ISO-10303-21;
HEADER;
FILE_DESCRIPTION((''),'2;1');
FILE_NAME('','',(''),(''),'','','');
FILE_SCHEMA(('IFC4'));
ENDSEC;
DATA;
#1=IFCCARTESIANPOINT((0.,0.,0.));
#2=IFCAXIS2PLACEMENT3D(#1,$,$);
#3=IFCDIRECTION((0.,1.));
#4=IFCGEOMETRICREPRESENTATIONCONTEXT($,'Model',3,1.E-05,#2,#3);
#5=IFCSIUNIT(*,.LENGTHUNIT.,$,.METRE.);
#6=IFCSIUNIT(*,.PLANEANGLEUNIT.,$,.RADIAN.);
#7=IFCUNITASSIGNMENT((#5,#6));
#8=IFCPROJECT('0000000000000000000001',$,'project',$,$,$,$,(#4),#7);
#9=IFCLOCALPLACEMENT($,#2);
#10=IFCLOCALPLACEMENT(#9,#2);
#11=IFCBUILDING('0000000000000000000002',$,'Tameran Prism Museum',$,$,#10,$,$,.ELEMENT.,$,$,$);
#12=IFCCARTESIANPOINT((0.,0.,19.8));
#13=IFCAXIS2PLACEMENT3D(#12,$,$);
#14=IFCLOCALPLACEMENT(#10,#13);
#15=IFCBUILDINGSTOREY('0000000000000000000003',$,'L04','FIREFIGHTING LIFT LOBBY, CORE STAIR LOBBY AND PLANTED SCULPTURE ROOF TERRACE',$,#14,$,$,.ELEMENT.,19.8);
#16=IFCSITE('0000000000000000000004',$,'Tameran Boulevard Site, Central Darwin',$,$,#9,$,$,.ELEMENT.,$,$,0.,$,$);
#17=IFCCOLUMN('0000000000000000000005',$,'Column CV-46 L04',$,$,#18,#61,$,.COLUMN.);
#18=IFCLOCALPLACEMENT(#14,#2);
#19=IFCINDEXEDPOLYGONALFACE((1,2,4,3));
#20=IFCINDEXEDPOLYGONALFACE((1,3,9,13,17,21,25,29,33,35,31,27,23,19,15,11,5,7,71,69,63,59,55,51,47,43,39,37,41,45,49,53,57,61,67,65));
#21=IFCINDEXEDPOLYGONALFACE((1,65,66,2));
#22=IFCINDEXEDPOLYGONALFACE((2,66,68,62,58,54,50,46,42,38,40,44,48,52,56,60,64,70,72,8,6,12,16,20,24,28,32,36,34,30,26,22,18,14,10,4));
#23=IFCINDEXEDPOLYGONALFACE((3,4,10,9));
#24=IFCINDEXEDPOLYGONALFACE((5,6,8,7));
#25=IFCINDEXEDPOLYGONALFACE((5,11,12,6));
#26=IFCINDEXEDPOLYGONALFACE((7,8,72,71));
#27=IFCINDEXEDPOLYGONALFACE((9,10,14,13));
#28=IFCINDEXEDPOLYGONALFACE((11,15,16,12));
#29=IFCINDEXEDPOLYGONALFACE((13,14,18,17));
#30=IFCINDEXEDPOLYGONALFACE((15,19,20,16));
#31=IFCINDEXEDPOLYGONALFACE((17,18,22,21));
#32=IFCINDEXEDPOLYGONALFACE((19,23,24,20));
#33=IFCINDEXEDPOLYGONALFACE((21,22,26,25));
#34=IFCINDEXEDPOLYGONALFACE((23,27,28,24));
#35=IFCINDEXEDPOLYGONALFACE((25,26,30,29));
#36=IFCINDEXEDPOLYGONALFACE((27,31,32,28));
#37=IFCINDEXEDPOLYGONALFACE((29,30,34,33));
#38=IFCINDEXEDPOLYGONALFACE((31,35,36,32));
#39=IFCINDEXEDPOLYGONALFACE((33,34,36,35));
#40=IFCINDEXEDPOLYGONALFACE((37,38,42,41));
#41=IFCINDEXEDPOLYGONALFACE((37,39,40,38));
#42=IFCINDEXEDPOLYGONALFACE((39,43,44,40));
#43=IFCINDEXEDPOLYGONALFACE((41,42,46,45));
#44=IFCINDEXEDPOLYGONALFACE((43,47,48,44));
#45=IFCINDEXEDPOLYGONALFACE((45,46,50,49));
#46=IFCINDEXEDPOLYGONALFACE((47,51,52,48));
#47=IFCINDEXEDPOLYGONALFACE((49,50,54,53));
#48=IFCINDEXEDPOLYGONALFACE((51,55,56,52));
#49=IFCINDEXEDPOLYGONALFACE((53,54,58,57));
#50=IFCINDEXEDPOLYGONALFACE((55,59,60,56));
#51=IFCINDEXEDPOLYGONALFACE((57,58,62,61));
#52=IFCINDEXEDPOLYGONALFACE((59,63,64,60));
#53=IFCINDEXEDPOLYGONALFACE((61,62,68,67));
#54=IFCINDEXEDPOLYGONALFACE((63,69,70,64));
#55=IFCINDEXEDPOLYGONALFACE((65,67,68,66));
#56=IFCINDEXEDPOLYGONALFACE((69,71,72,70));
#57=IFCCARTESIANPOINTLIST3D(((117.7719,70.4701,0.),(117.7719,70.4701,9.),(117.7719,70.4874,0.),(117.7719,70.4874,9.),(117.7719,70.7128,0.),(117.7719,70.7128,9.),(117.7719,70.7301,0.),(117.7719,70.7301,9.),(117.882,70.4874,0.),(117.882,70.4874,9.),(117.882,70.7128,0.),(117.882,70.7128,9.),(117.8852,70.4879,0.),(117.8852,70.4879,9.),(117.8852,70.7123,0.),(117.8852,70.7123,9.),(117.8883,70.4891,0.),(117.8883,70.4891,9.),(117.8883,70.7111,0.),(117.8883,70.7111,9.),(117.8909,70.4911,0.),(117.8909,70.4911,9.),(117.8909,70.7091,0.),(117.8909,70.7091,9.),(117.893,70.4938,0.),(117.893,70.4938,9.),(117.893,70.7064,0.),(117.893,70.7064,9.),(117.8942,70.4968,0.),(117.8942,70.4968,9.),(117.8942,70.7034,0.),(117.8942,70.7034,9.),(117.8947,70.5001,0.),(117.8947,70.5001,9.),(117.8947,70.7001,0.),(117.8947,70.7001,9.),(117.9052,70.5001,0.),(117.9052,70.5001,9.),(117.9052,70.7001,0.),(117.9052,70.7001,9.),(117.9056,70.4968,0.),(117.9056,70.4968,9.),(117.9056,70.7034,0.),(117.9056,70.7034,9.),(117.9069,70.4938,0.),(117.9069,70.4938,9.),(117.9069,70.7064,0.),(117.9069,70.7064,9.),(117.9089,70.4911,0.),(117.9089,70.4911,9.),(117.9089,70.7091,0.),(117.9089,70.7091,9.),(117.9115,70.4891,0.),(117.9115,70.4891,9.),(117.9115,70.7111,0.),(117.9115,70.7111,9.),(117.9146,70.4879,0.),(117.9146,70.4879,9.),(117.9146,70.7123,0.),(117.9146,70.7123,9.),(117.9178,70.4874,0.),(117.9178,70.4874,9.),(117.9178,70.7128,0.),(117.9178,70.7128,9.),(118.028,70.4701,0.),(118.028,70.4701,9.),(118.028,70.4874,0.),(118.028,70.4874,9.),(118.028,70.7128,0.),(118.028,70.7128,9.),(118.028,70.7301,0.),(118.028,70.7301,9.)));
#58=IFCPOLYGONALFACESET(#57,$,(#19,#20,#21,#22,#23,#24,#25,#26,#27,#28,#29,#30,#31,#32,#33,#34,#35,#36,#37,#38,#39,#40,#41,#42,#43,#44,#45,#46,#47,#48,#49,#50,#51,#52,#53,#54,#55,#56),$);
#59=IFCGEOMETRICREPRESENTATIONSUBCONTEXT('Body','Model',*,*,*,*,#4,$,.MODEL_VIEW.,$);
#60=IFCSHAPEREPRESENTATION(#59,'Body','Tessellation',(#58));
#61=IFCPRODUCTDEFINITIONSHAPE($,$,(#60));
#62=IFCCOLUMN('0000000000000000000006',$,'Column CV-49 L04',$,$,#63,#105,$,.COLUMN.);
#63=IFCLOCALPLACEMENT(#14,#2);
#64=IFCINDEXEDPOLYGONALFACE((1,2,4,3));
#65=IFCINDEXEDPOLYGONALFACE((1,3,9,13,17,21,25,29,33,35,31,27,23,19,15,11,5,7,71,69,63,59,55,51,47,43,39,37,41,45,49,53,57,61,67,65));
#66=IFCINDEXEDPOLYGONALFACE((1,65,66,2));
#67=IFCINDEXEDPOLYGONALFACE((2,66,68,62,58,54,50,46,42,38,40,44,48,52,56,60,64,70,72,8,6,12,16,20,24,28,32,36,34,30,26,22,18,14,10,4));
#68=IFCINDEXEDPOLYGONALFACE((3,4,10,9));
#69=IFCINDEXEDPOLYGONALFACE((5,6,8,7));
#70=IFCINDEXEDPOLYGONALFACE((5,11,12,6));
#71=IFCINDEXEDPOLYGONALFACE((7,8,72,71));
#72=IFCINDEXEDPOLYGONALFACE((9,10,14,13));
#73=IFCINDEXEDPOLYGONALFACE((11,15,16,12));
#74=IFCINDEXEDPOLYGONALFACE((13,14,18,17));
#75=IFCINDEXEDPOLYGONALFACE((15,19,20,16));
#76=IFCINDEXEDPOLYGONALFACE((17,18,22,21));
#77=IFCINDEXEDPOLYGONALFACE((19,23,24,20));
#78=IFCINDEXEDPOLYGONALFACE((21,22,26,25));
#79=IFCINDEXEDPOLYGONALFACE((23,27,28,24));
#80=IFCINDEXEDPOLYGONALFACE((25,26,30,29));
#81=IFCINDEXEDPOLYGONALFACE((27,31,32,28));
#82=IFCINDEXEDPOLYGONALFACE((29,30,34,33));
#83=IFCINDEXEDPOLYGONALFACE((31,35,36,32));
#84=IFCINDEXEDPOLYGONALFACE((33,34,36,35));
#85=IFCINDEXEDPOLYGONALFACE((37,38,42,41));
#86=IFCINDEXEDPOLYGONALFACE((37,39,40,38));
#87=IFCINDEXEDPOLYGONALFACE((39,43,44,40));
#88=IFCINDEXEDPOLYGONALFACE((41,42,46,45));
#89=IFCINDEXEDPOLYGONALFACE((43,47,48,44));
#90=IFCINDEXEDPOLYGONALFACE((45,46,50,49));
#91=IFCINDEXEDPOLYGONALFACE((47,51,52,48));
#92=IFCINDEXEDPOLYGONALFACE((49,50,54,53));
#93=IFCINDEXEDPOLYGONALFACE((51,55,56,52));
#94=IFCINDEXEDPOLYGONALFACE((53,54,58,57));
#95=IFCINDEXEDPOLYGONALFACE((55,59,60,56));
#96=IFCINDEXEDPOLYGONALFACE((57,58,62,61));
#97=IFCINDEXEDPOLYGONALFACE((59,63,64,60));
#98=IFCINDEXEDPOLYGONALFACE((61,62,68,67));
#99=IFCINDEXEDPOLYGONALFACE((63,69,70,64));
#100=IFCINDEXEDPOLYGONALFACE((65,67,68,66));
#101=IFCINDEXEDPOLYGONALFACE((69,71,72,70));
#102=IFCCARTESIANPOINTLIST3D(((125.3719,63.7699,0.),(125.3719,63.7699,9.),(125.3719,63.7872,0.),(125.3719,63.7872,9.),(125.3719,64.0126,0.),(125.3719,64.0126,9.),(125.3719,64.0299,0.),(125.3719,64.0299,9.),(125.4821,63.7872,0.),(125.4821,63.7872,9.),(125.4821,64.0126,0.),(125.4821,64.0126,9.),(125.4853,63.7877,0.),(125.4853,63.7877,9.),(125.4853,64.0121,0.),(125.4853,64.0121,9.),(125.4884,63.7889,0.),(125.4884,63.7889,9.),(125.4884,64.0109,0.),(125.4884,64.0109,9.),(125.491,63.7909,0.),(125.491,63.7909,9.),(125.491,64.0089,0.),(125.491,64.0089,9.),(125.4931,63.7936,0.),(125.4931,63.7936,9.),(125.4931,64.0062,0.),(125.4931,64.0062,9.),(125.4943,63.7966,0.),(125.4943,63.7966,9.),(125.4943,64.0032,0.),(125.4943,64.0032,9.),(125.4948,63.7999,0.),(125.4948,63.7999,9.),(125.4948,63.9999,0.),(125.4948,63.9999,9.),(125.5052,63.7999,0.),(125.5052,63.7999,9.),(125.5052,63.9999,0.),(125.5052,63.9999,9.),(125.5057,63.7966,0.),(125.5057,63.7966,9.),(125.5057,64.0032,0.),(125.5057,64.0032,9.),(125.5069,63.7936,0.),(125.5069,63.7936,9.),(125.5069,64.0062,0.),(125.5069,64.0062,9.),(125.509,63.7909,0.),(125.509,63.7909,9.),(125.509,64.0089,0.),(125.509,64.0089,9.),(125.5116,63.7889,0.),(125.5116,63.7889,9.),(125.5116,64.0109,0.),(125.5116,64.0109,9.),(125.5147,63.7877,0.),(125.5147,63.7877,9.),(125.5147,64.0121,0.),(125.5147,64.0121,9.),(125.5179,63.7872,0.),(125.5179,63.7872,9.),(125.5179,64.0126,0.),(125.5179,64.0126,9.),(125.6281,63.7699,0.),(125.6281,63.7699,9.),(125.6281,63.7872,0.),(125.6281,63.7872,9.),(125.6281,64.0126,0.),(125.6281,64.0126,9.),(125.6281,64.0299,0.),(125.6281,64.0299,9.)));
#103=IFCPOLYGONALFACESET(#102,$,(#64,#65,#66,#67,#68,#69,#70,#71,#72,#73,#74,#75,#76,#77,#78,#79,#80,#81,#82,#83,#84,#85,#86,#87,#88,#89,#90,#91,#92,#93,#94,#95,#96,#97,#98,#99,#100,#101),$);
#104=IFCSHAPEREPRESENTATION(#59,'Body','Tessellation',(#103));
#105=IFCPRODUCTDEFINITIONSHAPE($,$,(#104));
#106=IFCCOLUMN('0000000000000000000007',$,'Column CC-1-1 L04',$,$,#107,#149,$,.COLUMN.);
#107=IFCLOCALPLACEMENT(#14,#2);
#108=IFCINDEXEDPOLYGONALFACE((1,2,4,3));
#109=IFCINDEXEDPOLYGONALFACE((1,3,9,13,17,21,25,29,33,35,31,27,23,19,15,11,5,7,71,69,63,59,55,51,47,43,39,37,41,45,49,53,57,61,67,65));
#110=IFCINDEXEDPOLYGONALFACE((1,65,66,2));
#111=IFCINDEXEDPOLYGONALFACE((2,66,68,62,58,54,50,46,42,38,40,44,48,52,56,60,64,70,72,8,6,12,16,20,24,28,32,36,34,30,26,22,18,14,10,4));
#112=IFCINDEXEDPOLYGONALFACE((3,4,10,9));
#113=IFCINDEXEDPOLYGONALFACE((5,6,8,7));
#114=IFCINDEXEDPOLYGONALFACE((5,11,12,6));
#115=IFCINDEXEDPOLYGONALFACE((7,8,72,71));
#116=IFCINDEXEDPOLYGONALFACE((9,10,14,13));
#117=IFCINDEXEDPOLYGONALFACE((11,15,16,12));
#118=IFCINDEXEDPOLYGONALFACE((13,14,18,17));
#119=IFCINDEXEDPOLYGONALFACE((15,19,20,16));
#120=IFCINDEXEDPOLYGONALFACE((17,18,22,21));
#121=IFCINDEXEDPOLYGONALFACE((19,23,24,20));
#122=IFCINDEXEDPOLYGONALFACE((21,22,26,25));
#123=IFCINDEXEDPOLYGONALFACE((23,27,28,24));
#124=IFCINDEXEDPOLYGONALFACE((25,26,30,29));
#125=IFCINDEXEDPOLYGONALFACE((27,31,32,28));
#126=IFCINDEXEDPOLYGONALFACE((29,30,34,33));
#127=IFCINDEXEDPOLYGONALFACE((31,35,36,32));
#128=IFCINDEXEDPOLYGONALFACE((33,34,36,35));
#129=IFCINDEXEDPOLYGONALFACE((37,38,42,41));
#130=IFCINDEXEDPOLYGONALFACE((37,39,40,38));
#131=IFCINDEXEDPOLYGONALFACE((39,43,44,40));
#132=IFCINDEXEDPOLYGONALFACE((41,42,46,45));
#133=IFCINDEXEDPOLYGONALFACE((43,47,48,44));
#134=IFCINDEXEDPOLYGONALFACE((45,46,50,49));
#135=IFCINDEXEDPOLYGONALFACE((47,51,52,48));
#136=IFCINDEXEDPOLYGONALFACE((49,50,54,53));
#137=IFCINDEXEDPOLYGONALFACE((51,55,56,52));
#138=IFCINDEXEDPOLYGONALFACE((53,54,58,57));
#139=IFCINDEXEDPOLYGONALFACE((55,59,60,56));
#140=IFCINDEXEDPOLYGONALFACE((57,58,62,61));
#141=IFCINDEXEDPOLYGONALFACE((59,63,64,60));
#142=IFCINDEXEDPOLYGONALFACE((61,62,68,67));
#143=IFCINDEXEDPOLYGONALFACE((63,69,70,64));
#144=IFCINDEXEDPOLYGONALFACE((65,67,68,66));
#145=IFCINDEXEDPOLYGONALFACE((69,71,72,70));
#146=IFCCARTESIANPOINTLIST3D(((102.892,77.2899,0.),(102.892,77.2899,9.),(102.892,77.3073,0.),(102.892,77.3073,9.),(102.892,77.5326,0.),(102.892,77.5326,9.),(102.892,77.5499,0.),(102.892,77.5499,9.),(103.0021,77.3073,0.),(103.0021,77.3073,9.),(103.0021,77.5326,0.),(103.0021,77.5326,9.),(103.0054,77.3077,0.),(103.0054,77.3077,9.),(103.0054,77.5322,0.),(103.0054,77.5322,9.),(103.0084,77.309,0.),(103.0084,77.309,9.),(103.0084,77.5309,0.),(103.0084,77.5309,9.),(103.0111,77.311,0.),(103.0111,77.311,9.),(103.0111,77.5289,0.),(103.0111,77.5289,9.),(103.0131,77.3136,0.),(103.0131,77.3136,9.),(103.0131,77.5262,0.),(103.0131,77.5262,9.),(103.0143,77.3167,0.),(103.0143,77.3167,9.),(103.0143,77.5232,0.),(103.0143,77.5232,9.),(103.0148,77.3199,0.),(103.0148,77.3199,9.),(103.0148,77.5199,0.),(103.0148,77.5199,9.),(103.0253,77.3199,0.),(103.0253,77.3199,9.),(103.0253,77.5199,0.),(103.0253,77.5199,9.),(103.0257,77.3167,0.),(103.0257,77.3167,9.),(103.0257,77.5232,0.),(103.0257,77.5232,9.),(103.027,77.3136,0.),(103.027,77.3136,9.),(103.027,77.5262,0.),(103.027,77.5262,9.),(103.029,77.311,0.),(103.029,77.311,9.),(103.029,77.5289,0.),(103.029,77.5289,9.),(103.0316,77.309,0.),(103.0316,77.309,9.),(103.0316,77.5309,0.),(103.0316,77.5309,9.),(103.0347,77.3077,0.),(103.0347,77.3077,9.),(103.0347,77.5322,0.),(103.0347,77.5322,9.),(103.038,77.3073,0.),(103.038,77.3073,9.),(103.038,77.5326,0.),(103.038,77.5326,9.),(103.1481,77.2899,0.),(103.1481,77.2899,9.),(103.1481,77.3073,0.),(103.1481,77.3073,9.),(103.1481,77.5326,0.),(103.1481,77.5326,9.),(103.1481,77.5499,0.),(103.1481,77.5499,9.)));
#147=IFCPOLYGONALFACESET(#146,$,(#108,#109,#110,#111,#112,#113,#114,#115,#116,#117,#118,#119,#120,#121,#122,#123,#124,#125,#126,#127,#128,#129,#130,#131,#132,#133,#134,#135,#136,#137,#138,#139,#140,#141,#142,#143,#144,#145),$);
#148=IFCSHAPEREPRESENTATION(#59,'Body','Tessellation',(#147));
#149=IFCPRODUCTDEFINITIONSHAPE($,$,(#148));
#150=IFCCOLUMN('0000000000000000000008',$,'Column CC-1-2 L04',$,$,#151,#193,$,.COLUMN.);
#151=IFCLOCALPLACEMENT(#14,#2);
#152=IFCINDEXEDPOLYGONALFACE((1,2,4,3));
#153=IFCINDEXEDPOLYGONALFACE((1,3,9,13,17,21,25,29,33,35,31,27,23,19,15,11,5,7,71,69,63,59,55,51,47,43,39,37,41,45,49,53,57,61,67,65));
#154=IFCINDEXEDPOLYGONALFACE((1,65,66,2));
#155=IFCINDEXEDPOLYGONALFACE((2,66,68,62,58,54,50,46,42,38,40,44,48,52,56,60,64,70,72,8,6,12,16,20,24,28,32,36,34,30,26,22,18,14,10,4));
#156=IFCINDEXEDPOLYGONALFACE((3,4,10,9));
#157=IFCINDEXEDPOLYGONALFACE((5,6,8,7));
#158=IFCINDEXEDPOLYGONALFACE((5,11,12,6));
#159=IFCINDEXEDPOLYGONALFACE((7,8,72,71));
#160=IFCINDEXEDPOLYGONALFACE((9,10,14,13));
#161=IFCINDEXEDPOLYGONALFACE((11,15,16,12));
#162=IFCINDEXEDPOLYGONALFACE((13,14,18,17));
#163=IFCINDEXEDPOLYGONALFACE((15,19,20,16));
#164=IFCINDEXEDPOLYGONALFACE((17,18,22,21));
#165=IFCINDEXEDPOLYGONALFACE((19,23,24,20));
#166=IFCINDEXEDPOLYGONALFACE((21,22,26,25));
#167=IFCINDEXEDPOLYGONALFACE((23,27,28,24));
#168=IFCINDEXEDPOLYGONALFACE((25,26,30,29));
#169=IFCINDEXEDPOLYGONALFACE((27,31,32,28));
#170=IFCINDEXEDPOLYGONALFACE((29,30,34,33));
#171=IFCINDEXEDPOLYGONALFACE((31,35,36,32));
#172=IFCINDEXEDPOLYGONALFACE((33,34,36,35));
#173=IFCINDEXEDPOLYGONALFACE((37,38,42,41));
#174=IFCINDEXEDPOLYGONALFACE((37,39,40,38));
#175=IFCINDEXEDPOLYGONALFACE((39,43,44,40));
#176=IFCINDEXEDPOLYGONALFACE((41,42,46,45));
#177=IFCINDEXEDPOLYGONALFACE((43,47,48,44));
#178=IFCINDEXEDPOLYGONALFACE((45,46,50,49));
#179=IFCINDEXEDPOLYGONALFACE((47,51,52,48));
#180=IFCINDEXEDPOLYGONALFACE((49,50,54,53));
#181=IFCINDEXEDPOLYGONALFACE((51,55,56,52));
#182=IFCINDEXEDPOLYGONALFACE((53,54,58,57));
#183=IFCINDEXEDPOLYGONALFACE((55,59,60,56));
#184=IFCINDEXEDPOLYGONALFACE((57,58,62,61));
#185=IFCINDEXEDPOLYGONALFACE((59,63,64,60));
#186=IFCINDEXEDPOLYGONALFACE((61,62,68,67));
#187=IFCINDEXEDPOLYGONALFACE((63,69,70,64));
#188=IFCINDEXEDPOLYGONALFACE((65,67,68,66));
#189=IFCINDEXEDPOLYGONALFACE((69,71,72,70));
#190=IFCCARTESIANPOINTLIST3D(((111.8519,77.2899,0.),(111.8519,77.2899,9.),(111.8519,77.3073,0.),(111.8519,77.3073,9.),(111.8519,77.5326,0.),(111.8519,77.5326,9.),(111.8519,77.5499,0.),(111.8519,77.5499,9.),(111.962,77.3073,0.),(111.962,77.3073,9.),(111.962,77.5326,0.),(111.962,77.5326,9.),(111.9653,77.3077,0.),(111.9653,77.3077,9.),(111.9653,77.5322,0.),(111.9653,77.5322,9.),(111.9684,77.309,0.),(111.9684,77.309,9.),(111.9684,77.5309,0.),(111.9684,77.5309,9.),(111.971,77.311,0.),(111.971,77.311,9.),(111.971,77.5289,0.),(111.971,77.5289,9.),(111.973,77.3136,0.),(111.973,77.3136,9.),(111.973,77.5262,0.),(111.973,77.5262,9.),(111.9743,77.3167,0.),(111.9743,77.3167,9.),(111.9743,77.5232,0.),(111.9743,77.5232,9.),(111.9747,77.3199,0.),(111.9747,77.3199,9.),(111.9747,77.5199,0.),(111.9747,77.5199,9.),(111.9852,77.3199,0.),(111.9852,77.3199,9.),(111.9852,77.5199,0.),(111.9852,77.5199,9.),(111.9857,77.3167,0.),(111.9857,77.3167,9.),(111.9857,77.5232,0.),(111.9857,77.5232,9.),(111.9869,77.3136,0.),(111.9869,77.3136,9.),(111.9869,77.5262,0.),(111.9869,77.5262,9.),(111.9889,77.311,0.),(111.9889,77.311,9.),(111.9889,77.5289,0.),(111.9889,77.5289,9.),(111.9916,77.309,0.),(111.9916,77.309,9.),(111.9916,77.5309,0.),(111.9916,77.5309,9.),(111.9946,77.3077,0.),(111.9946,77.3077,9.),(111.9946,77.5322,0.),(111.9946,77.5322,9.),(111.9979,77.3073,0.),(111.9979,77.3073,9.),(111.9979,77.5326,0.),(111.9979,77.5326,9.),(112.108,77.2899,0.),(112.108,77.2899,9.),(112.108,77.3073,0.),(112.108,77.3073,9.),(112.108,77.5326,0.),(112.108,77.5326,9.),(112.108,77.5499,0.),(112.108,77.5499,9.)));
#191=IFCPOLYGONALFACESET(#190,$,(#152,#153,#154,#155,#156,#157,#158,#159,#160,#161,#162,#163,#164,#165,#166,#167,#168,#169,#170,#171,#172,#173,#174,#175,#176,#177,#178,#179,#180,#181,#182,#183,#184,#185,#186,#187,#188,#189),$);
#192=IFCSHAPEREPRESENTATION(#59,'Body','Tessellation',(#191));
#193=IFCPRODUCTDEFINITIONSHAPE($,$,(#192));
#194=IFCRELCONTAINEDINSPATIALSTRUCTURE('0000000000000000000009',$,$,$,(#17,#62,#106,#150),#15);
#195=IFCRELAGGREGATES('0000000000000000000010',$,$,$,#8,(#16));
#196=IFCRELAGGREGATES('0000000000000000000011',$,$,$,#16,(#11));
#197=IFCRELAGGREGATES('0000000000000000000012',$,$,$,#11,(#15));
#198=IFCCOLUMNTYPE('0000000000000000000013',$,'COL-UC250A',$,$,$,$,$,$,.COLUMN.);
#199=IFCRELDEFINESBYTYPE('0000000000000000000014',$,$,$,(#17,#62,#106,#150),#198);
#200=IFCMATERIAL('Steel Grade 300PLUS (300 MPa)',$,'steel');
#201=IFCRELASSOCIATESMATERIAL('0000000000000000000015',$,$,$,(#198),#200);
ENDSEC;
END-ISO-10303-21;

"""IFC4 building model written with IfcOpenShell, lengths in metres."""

from ifc_helpers import new_model, si_unit, direction, frame, origin, origin_2d, place, context, subcontext, project, spatial, i_section, extrude, material, material_profile, profile_set, type_object, element, save


model = new_model("IFC4")

# Units and contexts
model_context = context("Model", 3, precision=1e-05, world=origin(), true_north=direction((0.0, 1.0)))
body_context = subcontext(model_context, "Body", "Model", "MODEL_VIEW")
ifc_project = project(units=[si_unit("LENGTHUNIT", "METRE"), si_unit("PLANEANGLEUNIT", "RADIAN")], contexts=[model_context])

# Site, building, storey
site_placement = place(None, origin())
site = spatial("IfcSite", under=ifc_project, at=site_placement, Name="Tameran Boulevard Site, Central Darwin", CompositionType="ELEMENT", RefElevation=0.0)
building_placement = place(site_placement, origin())
building = spatial("IfcBuilding", under=site, at=building_placement, Name="Tameran Prism Museum", CompositionType="ELEMENT")
storey_placement = place(building_placement, frame((0.0, 0.0, 19.8)))
storey = spatial("IfcBuildingStorey", under=building, at=storey_placement, Name="L04", Description="FIREFIGHTING LIFT LOBBY, CORE STAIR LOBBY AND PLANTED SCULPTURE ROOF TERRACE", CompositionType="ELEMENT", Elevation=19.8)

# Columns
ifc_material_1 = material(Name="Steel Grade 300PLUS (300 MPa)", Category="steel")
ifc_material_profile_1 = material_profile(ifc_material_1, i_section(OverallWidth=0.2561, OverallDepth=0.26, WebThickness=0.0105, FlangeThickness=0.0173, FilletRadius=0.0127, at=origin_2d()))
ifc_profile_set_1 = profile_set([ifc_material_profile_1])
column_type = type_object("IfcColumnType", Name="COL-UC250A", PredefinedType="COLUMN", material=ifc_profile_set_1)
for number, where, z_axis, x_axis, name in (
    (1, (117.8999, 70.6001, 0.0), (0.0, 0.0, 1.0), (1.0, 0.0, 0.0), "Column CV-46 L04"),
    (2, (125.5, 63.8999, 0.0), (0.0, 0.0, 1.0), (1.0, 0.0, 0.0), "Column CV-49 L04"),
    (3, (103.02, 77.4199, 0.0), (0.0, 0.0, 1.0), (1.0, 0.0, 0.0), "Column CC-1-1 L04"),
    (4, (111.98, 77.4199, 0.0), (0.0, 0.0, 1.0), (1.0, 0.0, 0.0), "Column CC-1-2 L04"),
):
    element("IfcColumn", number, at=place(storey_placement, frame(where, z_axis=z_axis, x_axis=x_axis)), inside=storey, type_object=column_type, Name=name, PredefinedType="COLUMN", context=body_context, shape_type="SweptSolid", body=[
        extrude(i_section(OverallWidth=0.2561, OverallDepth=0.26, WebThickness=0.0105, FlangeThickness=0.0173, FilletRadius=0.0127, at=origin_2d()), origin(), (0.0, 0.0, 1.0), 9.0),
    ])

save(model, "model.ifc")
